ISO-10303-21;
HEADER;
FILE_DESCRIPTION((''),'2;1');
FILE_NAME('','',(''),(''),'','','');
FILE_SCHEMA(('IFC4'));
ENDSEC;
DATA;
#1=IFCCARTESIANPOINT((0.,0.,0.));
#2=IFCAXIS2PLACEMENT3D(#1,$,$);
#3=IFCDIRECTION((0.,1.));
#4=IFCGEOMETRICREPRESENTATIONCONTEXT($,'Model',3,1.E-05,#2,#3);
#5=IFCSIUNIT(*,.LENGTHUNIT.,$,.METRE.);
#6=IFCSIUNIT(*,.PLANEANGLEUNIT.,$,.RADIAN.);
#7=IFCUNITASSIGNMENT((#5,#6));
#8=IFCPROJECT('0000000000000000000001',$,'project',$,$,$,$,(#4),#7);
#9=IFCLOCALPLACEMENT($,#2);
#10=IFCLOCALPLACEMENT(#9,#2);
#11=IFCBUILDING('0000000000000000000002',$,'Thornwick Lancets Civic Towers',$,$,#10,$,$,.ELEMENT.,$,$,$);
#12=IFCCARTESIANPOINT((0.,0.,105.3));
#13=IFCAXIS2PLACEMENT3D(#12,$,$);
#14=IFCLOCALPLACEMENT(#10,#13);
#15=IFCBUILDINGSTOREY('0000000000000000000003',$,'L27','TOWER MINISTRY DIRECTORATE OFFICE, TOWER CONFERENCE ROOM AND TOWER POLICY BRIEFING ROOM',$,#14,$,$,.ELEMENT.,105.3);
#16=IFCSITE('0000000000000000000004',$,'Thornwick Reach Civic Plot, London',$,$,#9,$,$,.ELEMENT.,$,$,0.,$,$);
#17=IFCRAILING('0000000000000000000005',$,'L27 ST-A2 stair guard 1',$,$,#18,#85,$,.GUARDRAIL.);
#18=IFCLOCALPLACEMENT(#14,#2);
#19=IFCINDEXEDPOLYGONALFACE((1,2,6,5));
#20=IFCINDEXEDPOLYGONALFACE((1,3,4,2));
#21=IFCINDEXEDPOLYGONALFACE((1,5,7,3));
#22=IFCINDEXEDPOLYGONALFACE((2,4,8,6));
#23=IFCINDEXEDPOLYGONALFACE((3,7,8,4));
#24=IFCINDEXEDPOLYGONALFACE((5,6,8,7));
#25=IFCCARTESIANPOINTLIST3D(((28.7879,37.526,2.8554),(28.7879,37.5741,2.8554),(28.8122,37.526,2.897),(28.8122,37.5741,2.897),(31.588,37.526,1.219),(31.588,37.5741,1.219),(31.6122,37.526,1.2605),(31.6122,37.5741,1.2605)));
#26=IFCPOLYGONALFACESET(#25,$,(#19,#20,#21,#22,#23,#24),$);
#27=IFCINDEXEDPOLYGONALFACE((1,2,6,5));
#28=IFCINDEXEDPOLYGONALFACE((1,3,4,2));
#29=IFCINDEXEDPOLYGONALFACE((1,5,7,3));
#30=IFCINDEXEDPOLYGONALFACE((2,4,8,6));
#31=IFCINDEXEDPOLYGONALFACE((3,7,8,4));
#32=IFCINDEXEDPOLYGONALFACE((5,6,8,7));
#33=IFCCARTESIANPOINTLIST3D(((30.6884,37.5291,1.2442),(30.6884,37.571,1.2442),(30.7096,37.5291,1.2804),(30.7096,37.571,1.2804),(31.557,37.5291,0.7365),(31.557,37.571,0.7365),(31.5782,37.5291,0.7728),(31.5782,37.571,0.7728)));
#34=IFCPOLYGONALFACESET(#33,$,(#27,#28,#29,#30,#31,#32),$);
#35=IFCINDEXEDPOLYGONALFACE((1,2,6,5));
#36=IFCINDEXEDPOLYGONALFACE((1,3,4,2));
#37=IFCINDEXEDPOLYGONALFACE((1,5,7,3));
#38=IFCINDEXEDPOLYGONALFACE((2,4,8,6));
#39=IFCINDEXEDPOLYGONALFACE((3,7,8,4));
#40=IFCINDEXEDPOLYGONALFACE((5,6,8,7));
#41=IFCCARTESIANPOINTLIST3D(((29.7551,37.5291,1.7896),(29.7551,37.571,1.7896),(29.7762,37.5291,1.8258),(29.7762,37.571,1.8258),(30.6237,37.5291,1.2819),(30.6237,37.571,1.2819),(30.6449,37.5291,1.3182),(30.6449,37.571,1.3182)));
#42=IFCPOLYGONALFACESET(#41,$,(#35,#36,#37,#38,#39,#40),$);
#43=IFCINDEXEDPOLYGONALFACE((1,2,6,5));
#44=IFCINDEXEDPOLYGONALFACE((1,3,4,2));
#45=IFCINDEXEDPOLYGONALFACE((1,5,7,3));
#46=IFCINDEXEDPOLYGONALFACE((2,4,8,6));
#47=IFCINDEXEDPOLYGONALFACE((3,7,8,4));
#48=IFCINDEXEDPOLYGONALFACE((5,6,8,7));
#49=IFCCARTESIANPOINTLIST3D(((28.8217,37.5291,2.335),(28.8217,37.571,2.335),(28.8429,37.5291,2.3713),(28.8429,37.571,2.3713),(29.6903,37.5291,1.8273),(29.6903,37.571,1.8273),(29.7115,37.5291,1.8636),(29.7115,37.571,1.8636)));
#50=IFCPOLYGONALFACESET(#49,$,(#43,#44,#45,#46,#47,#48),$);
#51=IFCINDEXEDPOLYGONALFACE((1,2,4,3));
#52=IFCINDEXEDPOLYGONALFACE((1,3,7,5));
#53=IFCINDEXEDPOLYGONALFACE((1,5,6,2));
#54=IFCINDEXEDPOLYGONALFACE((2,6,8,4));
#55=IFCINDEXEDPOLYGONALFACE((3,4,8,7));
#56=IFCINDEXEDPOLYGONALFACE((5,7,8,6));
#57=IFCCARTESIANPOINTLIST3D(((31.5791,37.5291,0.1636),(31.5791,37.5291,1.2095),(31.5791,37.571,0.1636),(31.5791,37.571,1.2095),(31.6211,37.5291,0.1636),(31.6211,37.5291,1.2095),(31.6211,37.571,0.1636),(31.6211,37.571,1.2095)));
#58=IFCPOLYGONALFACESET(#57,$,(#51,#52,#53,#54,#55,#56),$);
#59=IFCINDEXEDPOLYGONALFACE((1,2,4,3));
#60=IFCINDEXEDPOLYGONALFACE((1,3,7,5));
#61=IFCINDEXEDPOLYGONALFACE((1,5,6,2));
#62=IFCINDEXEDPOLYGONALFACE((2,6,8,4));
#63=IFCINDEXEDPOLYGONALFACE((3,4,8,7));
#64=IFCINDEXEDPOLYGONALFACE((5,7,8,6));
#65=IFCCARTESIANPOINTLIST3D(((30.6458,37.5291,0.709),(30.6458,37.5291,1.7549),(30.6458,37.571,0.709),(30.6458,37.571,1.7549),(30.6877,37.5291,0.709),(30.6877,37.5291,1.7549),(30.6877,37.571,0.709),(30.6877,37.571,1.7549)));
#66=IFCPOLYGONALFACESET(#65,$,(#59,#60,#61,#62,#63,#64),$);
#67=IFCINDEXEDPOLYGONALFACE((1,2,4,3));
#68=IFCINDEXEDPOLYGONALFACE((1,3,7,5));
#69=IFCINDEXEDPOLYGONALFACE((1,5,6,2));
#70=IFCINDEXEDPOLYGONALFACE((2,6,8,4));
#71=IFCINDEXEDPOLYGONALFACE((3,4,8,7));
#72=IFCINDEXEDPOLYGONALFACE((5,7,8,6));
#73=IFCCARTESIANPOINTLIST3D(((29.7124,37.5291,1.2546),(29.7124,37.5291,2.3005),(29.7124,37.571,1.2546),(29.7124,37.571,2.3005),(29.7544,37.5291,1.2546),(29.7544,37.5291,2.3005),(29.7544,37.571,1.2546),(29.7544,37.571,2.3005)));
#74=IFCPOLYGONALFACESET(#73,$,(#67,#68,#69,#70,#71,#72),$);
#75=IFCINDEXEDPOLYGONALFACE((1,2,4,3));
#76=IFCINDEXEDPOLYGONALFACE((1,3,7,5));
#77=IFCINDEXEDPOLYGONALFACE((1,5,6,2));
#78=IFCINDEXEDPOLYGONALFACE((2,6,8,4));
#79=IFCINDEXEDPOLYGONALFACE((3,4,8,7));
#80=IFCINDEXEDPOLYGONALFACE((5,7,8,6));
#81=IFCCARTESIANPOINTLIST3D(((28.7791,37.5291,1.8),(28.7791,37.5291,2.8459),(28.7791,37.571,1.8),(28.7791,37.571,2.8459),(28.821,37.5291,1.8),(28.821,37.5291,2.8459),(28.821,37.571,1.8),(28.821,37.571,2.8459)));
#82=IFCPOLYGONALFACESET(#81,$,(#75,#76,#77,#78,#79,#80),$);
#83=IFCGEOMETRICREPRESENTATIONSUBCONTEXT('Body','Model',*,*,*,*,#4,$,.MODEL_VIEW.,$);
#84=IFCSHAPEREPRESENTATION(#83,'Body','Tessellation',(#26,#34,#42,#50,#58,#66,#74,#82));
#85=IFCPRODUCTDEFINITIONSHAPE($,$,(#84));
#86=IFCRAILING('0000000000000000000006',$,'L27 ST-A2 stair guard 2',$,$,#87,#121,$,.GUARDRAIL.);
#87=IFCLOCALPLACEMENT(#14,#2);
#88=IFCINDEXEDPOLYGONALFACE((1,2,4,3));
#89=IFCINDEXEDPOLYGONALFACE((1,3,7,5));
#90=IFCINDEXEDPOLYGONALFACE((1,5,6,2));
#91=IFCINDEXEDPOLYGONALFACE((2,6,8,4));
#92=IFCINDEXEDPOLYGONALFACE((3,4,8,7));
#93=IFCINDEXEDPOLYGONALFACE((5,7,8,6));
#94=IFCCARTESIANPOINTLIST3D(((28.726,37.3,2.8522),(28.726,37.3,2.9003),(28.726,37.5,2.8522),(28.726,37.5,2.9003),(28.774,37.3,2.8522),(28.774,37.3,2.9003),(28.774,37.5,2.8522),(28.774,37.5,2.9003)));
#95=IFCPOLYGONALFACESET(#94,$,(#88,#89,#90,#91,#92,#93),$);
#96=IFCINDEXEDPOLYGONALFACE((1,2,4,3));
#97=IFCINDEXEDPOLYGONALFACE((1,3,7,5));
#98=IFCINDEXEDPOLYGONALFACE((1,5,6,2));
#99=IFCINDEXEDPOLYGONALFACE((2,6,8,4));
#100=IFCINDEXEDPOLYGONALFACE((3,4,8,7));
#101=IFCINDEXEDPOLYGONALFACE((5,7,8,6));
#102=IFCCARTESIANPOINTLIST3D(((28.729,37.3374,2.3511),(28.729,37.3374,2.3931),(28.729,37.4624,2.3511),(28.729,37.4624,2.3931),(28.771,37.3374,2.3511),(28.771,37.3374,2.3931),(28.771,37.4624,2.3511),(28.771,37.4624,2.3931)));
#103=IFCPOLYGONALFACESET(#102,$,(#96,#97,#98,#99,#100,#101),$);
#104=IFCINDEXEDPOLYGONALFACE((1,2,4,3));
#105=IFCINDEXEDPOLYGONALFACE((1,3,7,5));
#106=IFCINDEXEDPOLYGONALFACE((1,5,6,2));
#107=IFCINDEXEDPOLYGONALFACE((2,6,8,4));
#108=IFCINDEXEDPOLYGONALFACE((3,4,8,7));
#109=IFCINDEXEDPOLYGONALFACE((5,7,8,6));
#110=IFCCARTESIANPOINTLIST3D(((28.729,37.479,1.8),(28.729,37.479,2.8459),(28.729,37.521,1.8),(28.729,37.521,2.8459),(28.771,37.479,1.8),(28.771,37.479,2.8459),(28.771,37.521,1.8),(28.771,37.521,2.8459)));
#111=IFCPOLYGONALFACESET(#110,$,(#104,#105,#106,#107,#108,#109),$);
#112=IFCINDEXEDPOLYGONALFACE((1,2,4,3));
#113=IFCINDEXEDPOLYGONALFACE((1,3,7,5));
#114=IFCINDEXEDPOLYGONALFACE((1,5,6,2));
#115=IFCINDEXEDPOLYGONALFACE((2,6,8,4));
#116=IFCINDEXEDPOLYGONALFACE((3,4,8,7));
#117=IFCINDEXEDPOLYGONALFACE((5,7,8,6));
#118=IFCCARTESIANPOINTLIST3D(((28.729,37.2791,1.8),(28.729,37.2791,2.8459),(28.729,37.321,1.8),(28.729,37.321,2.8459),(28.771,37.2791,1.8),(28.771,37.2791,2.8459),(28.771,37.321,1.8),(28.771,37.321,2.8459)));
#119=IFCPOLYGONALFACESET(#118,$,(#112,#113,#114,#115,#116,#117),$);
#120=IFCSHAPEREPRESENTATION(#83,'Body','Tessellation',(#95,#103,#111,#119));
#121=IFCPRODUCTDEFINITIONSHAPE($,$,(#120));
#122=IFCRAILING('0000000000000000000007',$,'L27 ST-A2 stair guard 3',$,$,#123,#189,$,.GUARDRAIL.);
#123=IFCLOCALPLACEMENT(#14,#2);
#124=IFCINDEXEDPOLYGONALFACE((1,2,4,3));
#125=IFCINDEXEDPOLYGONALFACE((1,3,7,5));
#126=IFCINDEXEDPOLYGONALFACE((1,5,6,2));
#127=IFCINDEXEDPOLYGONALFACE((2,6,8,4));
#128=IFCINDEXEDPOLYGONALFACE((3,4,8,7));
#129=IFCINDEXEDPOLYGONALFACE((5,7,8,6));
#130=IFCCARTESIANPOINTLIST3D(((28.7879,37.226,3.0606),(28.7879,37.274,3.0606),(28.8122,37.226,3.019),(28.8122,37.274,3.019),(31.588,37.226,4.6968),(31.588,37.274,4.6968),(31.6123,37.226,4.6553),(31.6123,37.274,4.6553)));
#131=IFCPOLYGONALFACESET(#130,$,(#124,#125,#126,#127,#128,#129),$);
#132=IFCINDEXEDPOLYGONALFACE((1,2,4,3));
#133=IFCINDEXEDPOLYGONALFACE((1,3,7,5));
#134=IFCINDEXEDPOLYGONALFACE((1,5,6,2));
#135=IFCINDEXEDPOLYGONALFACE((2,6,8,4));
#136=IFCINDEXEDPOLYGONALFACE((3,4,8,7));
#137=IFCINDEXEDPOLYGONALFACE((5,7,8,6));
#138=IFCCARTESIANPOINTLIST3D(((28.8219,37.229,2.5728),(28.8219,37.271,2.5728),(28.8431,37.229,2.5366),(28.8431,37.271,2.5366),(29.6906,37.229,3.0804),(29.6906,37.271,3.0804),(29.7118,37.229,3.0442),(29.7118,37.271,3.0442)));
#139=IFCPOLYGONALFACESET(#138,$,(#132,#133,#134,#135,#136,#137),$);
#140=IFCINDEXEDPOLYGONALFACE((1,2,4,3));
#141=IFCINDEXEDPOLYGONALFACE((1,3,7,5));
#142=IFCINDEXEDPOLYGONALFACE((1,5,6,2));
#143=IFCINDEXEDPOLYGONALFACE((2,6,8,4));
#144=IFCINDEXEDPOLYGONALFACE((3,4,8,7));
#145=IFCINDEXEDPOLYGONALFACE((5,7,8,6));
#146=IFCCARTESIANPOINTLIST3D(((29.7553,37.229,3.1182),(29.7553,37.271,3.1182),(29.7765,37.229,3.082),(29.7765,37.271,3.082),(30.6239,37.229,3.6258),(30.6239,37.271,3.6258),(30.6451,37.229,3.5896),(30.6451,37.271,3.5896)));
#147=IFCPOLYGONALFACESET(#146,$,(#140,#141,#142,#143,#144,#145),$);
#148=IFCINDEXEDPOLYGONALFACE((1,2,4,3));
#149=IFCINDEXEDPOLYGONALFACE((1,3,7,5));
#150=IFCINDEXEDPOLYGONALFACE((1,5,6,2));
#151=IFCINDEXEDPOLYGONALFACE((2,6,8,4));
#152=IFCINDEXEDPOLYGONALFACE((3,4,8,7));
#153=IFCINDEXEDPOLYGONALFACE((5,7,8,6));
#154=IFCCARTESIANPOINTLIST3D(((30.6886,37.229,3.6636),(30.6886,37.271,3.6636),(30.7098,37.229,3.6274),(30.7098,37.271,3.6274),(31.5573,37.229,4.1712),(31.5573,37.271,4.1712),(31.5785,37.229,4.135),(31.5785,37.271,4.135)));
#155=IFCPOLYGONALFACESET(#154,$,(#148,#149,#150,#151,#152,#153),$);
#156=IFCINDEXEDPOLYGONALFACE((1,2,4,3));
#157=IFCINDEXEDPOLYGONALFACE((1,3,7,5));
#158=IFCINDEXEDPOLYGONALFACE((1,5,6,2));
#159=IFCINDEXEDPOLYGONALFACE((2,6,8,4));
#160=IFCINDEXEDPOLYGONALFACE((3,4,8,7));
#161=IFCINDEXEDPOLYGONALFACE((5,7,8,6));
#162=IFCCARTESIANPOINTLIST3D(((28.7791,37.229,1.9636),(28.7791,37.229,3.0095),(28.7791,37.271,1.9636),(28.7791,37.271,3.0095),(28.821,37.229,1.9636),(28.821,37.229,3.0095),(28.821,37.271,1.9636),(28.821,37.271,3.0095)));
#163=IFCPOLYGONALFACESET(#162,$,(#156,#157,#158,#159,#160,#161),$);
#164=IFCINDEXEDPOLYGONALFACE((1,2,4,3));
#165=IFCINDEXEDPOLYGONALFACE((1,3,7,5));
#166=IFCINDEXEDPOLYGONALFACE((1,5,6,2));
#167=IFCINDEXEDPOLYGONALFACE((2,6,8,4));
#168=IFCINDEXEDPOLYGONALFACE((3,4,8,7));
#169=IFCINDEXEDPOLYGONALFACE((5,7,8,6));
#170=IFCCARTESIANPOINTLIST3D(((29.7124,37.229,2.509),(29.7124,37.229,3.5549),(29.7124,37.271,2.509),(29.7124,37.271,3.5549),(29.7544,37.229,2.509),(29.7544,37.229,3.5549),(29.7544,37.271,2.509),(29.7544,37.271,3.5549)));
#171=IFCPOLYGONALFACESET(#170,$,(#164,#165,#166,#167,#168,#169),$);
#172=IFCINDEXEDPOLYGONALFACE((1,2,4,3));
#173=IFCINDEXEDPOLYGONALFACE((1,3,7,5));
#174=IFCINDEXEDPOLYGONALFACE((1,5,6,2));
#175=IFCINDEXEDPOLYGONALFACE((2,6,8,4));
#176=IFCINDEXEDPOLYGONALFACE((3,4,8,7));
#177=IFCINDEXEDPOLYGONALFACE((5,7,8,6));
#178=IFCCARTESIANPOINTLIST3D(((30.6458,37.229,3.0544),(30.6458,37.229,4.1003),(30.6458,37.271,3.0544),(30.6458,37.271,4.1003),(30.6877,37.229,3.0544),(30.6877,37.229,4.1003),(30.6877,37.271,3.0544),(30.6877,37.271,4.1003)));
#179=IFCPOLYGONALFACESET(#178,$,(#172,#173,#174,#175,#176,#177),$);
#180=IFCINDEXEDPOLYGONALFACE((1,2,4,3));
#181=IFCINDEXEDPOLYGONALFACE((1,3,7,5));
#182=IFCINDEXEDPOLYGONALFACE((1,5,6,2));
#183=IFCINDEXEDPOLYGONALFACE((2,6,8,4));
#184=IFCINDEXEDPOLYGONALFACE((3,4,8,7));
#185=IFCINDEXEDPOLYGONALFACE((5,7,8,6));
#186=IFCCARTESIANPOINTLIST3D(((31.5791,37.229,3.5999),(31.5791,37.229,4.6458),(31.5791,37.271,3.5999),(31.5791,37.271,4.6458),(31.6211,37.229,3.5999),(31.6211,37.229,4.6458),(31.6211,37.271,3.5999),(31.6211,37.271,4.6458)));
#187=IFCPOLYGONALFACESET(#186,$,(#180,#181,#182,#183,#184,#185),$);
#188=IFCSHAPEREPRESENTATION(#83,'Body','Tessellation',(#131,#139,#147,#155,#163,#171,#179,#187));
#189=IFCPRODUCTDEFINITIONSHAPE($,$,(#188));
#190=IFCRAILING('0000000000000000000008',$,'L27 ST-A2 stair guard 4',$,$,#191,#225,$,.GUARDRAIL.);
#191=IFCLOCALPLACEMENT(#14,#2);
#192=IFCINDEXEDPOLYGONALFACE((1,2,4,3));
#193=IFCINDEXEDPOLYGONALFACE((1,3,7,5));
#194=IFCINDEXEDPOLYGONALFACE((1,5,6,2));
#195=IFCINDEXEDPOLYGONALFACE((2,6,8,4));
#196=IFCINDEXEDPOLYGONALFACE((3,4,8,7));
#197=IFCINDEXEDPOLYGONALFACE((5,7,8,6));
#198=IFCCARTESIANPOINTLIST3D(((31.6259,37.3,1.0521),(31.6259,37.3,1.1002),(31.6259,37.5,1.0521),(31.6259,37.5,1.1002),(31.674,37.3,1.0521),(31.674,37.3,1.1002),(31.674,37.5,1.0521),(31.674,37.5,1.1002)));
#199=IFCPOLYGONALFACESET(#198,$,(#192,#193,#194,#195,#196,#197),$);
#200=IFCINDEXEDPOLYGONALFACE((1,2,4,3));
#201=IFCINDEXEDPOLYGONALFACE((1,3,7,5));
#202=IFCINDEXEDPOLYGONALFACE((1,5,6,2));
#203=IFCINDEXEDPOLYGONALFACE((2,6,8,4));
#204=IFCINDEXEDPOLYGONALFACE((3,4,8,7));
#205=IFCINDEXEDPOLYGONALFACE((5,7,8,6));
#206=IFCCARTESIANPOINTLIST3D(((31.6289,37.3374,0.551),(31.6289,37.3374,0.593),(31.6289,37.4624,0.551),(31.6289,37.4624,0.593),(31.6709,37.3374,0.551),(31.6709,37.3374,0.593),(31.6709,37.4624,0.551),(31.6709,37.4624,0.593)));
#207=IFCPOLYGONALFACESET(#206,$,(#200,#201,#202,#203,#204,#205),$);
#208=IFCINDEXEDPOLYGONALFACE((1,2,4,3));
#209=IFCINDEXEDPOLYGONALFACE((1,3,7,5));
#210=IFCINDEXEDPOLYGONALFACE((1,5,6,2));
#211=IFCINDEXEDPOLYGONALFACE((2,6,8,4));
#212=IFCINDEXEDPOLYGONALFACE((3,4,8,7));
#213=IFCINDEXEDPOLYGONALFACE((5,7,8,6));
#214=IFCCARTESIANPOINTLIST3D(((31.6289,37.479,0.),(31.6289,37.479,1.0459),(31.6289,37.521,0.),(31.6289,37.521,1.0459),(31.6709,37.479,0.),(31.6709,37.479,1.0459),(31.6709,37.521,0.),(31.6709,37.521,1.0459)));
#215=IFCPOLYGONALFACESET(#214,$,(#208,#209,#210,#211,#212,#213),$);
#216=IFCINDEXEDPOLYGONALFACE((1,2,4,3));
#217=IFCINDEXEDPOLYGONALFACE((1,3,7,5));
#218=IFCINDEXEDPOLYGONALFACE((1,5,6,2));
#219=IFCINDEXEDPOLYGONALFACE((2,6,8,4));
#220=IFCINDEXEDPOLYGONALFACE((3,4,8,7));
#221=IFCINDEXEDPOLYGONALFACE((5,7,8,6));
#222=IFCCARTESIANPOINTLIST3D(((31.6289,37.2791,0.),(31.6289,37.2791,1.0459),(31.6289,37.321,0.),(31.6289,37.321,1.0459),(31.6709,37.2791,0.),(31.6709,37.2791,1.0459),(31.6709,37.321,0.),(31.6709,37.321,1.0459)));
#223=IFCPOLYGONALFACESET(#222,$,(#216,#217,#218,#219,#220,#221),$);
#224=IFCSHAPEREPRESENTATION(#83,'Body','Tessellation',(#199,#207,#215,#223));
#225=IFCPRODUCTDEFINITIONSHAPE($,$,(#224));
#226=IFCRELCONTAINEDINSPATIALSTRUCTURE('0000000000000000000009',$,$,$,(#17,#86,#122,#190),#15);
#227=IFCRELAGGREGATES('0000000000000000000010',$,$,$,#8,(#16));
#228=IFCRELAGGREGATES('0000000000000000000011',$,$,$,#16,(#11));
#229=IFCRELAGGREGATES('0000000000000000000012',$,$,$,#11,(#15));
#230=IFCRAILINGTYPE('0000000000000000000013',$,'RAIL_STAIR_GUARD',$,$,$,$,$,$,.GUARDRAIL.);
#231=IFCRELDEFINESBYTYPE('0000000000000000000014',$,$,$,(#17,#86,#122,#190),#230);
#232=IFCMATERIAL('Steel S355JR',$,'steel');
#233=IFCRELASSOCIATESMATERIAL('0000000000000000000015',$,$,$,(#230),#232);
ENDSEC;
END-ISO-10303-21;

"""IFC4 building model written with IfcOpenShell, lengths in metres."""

from ifc_helpers import new_model, si_unit, direction, frame, origin, origin_2d, place, context, subcontext, project, spatial, rectangle, extrude, material, type_object, element, save


model = new_model("IFC4")

# Units and contexts
model_context = context("Model", 3, precision=1e-05, world=origin(), true_north=direction((0.0, 1.0)))
body_context = subcontext(model_context, "Body", "Model", "MODEL_VIEW")
ifc_project = project(units=[si_unit("LENGTHUNIT", "METRE"), si_unit("PLANEANGLEUNIT", "RADIAN")], contexts=[model_context])

# Site, building, storey
site_placement = place(None, origin())
site = spatial("IfcSite", under=ifc_project, at=site_placement, Name="Thornwick Reach Civic Plot, London", CompositionType="ELEMENT", RefElevation=0.0)
building_placement = place(site_placement, origin())
building = spatial("IfcBuilding", under=site, at=building_placement, Name="Thornwick Lancets Civic Towers", CompositionType="ELEMENT")
storey_placement = place(building_placement, frame((0.0, 0.0, 105.3)))
storey = spatial("IfcBuildingStorey", under=building, at=storey_placement, Name="L27", Description="TOWER MINISTRY DIRECTORATE OFFICE, TOWER CONFERENCE ROOM AND TOWER POLICY BRIEFING ROOM", CompositionType="ELEMENT", Elevation=105.3)

# Shared definitions
ifc_material_1 = material(Name="Steel S355JR", Category="steel")

# Railings
railing_type_1 = type_object("IfcRailingType", Name="RAIL_STAIR_GUARD", PredefinedType="GUARDRAIL", material=ifc_material_1)
railing_1_placement = place(storey_placement, frame((31.6001, 37.55, 0.1636)))
element("IfcRailing", 1, at=railing_1_placement, inside=storey, type_object=railing_type_1, Name="L27 ST-A2 stair guard 1", PredefinedType="GUARDRAIL", context=body_context, shape_type="SweptSolid", body=[
    extrude(rectangle(XDim=0.0481, YDim=0.0481, at=origin_2d()), frame((0.0, 0.0, 1.0762), z_axis=(-0.863361, 0.0, 0.504587), x_axis=(0.0, -1.0, 0.0)), (0.0, 0.0, 1.0), 3.2432),
    extrude(rectangle(XDim=0.042, YDim=0.042, at=origin_2d()), frame((-0.0325, 0.0, 0.5911), z_axis=(-0.863361, 0.0, 0.504587), x_axis=(0.0, -1.0, 0.0)), (0.0, 0.0, 1.0), 1.0061),
    extrude(rectangle(XDim=0.042, YDim=0.042, at=origin_2d()), frame((-0.9658, 0.0, 1.1365), z_axis=(-0.863361, 0.0, 0.504587), x_axis=(0.0, -1.0, 0.0)), (0.0, 0.0, 1.0), 1.0061),
    extrude(rectangle(XDim=0.042, YDim=0.042, at=origin_2d()), frame((-1.8992, 0.0, 1.6819), z_axis=(-0.863361, 0.0, 0.504587), x_axis=(0.0, -1.0, 0.0)), (0.0, 0.0, 1.0), 1.0061),
    extrude(rectangle(XDim=0.042, YDim=0.042, at=origin_2d()), origin(), (0.0, 0.0, 1.0), 1.0459),
    extrude(rectangle(XDim=0.042, YDim=0.042, at=origin_2d()), frame((-0.9333, 0.0, 0.5454)), (0.0, 0.0, 1.0), 1.0459),
    extrude(rectangle(XDim=0.042, YDim=0.042, at=origin_2d()), frame((-1.8667, 0.0, 1.0911)), (0.0, 0.0, 1.0), 1.0459),
    extrude(rectangle(XDim=0.042, YDim=0.042, at=origin_2d()), frame((-2.8, 0.0, 1.6365)), (0.0, 0.0, 1.0), 1.0459),
])
railing_2_placement = place(storey_placement, frame((28.75, 37.5, 1.8)))
element("IfcRailing", 2, at=railing_2_placement, inside=storey, type_object=railing_type_1, Name="L27 ST-A2 stair guard 2", PredefinedType="GUARDRAIL", context=body_context, shape_type="SweptSolid", body=[
    extrude(rectangle(XDim=0.0481, YDim=0.0481, at=origin_2d()), frame((0.0, 0.0, 1.0762), z_axis=(0.0, -1.0, 0.0), x_axis=(1.0, 0.0, 0.0)), (0.0, 0.0, 1.0), 0.2),
    extrude(rectangle(XDim=0.042, YDim=0.042, at=origin_2d()), frame((0.0, -0.0376, 0.572), z_axis=(0.0, -1.0, 0.0), x_axis=(1.0, 0.0, 0.0)), (0.0, 0.0, 1.0), 0.125),
    extrude(rectangle(XDim=0.042, YDim=0.042, at=origin_2d()), origin(), (0.0, 0.0, 1.0), 1.0459),
    extrude(rectangle(XDim=0.042, YDim=0.042, at=origin_2d()), frame((0.0, -0.2, 0.0)), (0.0, 0.0, 1.0), 1.0459),
])
railing_3_placement = place(storey_placement, frame((28.8, 37.25, 1.9636)))
element("IfcRailing", 3, at=railing_3_placement, inside=storey, type_object=railing_type_1, Name="L27 ST-A2 stair guard 3", PredefinedType="GUARDRAIL", context=body_context, shape_type="SweptSolid", body=[
    extrude(rectangle(XDim=0.0481, YDim=0.0481, at=origin_2d()), frame((0.0, 0.0, 1.0762), z_axis=(0.863394, 0.0, 0.504531), x_axis=(0.0, 1.0, 0.0)), (0.0, 0.0, 1.0), 3.2432),
    extrude(rectangle(XDim=0.042, YDim=0.042, at=origin_2d()), frame((0.0325, 0.0, 0.5911), z_axis=(0.863394, 0.0, 0.504531), x_axis=(0.0, 1.0, 0.0)), (0.0, 0.0, 1.0), 1.0061),
    extrude(rectangle(XDim=0.042, YDim=0.042, at=origin_2d()), frame((0.9658, 0.0, 1.1365), z_axis=(0.863394, 0.0, 0.504531), x_axis=(0.0, 1.0, 0.0)), (0.0, 0.0, 1.0), 1.0061),
    extrude(rectangle(XDim=0.042, YDim=0.042, at=origin_2d()), frame((1.8992, 0.0, 1.6819), z_axis=(0.863394, 0.0, 0.504531), x_axis=(0.0, 1.0, 0.0)), (0.0, 0.0, 1.0), 1.0061),
    extrude(rectangle(XDim=0.042, YDim=0.042, at=origin_2d()), origin(), (0.0, 0.0, 1.0), 1.0459),
    extrude(rectangle(XDim=0.042, YDim=0.042, at=origin_2d()), frame((0.9333, 0.0, 0.5454)), (0.0, 0.0, 1.0), 1.0459),
    extrude(rectangle(XDim=0.042, YDim=0.042, at=origin_2d()), frame((1.8667, 0.0, 1.0908)), (0.0, 0.0, 1.0), 1.0459),
    extrude(rectangle(XDim=0.042, YDim=0.042, at=origin_2d()), frame((2.8, 0.0, 1.6362)), (0.0, 0.0, 1.0), 1.0459),
])
railing_4_placement = place(storey_placement, frame((31.6499, 37.5, 0.0)))
element("IfcRailing", 4, at=railing_4_placement, inside=storey, type_object=railing_type_1, Name="L27 ST-A2 stair guard 4", PredefinedType="GUARDRAIL", context=body_context, shape_type="SweptSolid", body=[
    extrude(rectangle(XDim=0.0481, YDim=0.0481, at=origin_2d()), frame((0.0, 0.0, 1.0762), z_axis=(0.0, -1.0, 0.0), x_axis=(1.0, 0.0, 0.0)), (0.0, 0.0, 1.0), 0.2),
    extrude(rectangle(XDim=0.042, YDim=0.042, at=origin_2d()), frame((0.0, -0.0376, 0.572), z_axis=(0.0, -1.0, 0.0), x_axis=(1.0, 0.0, 0.0)), (0.0, 0.0, 1.0), 0.125),
    extrude(rectangle(XDim=0.042, YDim=0.042, at=origin_2d()), origin(), (0.0, 0.0, 1.0), 1.0459),
    extrude(rectangle(XDim=0.042, YDim=0.042, at=origin_2d()), frame((0.0, -0.2, 0.0)), (0.0, 0.0, 1.0), 1.0459),
])

save(model, "model.ifc")
